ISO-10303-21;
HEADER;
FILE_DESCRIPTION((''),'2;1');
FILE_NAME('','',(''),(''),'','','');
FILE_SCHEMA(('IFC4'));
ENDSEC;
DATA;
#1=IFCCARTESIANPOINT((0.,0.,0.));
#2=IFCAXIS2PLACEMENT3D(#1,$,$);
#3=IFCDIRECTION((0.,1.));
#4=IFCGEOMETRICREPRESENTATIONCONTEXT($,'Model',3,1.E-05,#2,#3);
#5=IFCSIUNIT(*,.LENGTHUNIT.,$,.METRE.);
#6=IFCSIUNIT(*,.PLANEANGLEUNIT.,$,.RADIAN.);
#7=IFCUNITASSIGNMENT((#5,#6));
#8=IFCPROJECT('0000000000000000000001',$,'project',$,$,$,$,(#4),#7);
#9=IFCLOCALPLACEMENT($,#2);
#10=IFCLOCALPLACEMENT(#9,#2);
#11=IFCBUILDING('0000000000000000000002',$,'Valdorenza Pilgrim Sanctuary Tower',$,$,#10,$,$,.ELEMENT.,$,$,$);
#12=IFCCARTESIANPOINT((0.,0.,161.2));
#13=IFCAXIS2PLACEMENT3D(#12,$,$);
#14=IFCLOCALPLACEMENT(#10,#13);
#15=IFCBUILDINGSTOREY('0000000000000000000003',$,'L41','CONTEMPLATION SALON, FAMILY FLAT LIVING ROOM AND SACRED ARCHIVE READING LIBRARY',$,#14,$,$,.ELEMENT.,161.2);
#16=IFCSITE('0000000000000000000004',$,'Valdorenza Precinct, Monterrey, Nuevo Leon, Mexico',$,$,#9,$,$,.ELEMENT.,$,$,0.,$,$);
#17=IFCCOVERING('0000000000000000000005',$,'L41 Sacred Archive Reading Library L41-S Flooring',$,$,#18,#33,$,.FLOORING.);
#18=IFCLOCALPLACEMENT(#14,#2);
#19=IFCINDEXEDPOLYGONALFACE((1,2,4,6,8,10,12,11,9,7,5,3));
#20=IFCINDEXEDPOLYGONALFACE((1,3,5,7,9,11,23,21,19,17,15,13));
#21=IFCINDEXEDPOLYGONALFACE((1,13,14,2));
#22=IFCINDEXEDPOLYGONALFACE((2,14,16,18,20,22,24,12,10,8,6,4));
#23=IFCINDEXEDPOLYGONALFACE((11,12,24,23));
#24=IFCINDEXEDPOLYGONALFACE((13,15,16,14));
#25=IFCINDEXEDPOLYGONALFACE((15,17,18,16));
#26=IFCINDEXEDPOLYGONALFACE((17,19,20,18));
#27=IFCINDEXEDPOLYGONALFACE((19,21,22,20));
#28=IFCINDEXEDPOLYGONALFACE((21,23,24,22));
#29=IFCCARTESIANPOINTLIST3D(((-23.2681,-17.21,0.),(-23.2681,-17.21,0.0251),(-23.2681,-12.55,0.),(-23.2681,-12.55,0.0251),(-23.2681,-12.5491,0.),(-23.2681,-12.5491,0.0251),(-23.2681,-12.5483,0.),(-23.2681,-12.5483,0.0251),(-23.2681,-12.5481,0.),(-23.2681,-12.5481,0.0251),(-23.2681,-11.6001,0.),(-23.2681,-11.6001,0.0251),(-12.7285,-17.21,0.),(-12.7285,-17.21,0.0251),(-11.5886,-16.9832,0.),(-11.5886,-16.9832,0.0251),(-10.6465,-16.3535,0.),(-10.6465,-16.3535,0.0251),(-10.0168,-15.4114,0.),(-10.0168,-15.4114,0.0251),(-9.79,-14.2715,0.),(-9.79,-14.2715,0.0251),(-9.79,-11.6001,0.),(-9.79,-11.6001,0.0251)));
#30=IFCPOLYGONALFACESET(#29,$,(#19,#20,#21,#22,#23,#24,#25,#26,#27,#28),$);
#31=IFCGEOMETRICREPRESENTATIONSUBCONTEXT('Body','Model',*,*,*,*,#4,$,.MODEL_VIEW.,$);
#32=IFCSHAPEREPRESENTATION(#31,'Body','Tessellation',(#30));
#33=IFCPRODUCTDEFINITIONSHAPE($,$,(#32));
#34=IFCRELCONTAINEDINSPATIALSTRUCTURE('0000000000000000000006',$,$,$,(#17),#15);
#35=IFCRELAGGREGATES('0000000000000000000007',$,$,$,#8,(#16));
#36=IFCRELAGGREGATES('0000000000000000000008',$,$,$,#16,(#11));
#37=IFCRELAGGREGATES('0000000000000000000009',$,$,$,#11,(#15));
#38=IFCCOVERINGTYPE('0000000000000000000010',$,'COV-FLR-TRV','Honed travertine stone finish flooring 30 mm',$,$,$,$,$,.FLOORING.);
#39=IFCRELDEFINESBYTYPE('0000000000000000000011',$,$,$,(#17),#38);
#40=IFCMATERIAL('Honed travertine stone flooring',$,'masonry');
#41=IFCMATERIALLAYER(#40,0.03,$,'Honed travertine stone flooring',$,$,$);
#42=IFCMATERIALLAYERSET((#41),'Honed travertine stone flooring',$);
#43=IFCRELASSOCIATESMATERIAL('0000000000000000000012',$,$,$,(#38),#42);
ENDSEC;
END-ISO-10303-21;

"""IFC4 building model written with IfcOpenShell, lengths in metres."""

from ifc_helpers import new_model, si_unit, direction, frame, origin, place, context, subcontext, project, spatial, polyline, outline, extrude, material, layer, layer_set, type_object, element, save


model = new_model("IFC4")

# Units and contexts
model_context = context("Model", 3, precision=1e-05, world=origin(), true_north=direction((0.0, 1.0)))
body_context = subcontext(model_context, "Body", "Model", "MODEL_VIEW")
ifc_project = project(units=[si_unit("LENGTHUNIT", "METRE"), si_unit("PLANEANGLEUNIT", "RADIAN")], contexts=[model_context])

# Site, building, storey
site_placement = place(None, origin())
site = spatial("IfcSite", under=ifc_project, at=site_placement, Name="Valdorenza Precinct, Monterrey, Nuevo Leon, Mexico", CompositionType="ELEMENT", RefElevation=0.0)
building_placement = place(site_placement, origin())
building = spatial("IfcBuilding", under=site, at=building_placement, Name="Valdorenza Pilgrim Sanctuary Tower", CompositionType="ELEMENT")
storey_placement = place(building_placement, frame((0.0, 0.0, 161.2)))
storey = spatial("IfcBuildingStorey", under=building, at=storey_placement, Name="L41", Description="CONTEMPLATION SALON, FAMILY FLAT LIVING ROOM AND SACRED ARCHIVE READING LIBRARY", CompositionType="ELEMENT", Elevation=161.2)

# Covering
ifc_material_1 = material(Name="Honed travertine stone flooring", Category="masonry")
ifc_layer_1 = layer(ifc_material_1, 0.03, Name="Honed travertine stone flooring")
ifc_layer_set_1 = layer_set([ifc_layer_1], Name="Honed travertine stone flooring")
covering_type_1 = type_object("IfcCoveringType", Name="COV-FLR-TRV", Description="Honed travertine stone finish flooring 30 mm", PredefinedType="FLOORING", material=ifc_layer_set_1)
covering_1_placement = place(storey_placement, origin())
element("IfcCovering", 1, at=covering_1_placement, inside=storey, type_object=covering_type_1, Name="L41 Sacred Archive Reading Library L41-S Flooring", PredefinedType="FLOORING", context=body_context, shape_type="SweptSolid", body=[
    extrude(outline(polyline([(-23.2681, -12.5483), (-23.2681, -12.5481), (-23.2681, -11.6001), (-9.79, -11.6001), (-9.79, -14.2715), (-10.0168, -15.4114), (-10.6465, -16.3535), (-11.5886, -16.9832), (-12.7285, -17.21), (-23.2681, -17.21), (-23.2681, -12.55), (-23.2681, -12.5491), (-23.2681, -12.5483)])), origin(), (0.0, 0.0, 1.0), 0.0251),
])

save(model, "model.ifc")
